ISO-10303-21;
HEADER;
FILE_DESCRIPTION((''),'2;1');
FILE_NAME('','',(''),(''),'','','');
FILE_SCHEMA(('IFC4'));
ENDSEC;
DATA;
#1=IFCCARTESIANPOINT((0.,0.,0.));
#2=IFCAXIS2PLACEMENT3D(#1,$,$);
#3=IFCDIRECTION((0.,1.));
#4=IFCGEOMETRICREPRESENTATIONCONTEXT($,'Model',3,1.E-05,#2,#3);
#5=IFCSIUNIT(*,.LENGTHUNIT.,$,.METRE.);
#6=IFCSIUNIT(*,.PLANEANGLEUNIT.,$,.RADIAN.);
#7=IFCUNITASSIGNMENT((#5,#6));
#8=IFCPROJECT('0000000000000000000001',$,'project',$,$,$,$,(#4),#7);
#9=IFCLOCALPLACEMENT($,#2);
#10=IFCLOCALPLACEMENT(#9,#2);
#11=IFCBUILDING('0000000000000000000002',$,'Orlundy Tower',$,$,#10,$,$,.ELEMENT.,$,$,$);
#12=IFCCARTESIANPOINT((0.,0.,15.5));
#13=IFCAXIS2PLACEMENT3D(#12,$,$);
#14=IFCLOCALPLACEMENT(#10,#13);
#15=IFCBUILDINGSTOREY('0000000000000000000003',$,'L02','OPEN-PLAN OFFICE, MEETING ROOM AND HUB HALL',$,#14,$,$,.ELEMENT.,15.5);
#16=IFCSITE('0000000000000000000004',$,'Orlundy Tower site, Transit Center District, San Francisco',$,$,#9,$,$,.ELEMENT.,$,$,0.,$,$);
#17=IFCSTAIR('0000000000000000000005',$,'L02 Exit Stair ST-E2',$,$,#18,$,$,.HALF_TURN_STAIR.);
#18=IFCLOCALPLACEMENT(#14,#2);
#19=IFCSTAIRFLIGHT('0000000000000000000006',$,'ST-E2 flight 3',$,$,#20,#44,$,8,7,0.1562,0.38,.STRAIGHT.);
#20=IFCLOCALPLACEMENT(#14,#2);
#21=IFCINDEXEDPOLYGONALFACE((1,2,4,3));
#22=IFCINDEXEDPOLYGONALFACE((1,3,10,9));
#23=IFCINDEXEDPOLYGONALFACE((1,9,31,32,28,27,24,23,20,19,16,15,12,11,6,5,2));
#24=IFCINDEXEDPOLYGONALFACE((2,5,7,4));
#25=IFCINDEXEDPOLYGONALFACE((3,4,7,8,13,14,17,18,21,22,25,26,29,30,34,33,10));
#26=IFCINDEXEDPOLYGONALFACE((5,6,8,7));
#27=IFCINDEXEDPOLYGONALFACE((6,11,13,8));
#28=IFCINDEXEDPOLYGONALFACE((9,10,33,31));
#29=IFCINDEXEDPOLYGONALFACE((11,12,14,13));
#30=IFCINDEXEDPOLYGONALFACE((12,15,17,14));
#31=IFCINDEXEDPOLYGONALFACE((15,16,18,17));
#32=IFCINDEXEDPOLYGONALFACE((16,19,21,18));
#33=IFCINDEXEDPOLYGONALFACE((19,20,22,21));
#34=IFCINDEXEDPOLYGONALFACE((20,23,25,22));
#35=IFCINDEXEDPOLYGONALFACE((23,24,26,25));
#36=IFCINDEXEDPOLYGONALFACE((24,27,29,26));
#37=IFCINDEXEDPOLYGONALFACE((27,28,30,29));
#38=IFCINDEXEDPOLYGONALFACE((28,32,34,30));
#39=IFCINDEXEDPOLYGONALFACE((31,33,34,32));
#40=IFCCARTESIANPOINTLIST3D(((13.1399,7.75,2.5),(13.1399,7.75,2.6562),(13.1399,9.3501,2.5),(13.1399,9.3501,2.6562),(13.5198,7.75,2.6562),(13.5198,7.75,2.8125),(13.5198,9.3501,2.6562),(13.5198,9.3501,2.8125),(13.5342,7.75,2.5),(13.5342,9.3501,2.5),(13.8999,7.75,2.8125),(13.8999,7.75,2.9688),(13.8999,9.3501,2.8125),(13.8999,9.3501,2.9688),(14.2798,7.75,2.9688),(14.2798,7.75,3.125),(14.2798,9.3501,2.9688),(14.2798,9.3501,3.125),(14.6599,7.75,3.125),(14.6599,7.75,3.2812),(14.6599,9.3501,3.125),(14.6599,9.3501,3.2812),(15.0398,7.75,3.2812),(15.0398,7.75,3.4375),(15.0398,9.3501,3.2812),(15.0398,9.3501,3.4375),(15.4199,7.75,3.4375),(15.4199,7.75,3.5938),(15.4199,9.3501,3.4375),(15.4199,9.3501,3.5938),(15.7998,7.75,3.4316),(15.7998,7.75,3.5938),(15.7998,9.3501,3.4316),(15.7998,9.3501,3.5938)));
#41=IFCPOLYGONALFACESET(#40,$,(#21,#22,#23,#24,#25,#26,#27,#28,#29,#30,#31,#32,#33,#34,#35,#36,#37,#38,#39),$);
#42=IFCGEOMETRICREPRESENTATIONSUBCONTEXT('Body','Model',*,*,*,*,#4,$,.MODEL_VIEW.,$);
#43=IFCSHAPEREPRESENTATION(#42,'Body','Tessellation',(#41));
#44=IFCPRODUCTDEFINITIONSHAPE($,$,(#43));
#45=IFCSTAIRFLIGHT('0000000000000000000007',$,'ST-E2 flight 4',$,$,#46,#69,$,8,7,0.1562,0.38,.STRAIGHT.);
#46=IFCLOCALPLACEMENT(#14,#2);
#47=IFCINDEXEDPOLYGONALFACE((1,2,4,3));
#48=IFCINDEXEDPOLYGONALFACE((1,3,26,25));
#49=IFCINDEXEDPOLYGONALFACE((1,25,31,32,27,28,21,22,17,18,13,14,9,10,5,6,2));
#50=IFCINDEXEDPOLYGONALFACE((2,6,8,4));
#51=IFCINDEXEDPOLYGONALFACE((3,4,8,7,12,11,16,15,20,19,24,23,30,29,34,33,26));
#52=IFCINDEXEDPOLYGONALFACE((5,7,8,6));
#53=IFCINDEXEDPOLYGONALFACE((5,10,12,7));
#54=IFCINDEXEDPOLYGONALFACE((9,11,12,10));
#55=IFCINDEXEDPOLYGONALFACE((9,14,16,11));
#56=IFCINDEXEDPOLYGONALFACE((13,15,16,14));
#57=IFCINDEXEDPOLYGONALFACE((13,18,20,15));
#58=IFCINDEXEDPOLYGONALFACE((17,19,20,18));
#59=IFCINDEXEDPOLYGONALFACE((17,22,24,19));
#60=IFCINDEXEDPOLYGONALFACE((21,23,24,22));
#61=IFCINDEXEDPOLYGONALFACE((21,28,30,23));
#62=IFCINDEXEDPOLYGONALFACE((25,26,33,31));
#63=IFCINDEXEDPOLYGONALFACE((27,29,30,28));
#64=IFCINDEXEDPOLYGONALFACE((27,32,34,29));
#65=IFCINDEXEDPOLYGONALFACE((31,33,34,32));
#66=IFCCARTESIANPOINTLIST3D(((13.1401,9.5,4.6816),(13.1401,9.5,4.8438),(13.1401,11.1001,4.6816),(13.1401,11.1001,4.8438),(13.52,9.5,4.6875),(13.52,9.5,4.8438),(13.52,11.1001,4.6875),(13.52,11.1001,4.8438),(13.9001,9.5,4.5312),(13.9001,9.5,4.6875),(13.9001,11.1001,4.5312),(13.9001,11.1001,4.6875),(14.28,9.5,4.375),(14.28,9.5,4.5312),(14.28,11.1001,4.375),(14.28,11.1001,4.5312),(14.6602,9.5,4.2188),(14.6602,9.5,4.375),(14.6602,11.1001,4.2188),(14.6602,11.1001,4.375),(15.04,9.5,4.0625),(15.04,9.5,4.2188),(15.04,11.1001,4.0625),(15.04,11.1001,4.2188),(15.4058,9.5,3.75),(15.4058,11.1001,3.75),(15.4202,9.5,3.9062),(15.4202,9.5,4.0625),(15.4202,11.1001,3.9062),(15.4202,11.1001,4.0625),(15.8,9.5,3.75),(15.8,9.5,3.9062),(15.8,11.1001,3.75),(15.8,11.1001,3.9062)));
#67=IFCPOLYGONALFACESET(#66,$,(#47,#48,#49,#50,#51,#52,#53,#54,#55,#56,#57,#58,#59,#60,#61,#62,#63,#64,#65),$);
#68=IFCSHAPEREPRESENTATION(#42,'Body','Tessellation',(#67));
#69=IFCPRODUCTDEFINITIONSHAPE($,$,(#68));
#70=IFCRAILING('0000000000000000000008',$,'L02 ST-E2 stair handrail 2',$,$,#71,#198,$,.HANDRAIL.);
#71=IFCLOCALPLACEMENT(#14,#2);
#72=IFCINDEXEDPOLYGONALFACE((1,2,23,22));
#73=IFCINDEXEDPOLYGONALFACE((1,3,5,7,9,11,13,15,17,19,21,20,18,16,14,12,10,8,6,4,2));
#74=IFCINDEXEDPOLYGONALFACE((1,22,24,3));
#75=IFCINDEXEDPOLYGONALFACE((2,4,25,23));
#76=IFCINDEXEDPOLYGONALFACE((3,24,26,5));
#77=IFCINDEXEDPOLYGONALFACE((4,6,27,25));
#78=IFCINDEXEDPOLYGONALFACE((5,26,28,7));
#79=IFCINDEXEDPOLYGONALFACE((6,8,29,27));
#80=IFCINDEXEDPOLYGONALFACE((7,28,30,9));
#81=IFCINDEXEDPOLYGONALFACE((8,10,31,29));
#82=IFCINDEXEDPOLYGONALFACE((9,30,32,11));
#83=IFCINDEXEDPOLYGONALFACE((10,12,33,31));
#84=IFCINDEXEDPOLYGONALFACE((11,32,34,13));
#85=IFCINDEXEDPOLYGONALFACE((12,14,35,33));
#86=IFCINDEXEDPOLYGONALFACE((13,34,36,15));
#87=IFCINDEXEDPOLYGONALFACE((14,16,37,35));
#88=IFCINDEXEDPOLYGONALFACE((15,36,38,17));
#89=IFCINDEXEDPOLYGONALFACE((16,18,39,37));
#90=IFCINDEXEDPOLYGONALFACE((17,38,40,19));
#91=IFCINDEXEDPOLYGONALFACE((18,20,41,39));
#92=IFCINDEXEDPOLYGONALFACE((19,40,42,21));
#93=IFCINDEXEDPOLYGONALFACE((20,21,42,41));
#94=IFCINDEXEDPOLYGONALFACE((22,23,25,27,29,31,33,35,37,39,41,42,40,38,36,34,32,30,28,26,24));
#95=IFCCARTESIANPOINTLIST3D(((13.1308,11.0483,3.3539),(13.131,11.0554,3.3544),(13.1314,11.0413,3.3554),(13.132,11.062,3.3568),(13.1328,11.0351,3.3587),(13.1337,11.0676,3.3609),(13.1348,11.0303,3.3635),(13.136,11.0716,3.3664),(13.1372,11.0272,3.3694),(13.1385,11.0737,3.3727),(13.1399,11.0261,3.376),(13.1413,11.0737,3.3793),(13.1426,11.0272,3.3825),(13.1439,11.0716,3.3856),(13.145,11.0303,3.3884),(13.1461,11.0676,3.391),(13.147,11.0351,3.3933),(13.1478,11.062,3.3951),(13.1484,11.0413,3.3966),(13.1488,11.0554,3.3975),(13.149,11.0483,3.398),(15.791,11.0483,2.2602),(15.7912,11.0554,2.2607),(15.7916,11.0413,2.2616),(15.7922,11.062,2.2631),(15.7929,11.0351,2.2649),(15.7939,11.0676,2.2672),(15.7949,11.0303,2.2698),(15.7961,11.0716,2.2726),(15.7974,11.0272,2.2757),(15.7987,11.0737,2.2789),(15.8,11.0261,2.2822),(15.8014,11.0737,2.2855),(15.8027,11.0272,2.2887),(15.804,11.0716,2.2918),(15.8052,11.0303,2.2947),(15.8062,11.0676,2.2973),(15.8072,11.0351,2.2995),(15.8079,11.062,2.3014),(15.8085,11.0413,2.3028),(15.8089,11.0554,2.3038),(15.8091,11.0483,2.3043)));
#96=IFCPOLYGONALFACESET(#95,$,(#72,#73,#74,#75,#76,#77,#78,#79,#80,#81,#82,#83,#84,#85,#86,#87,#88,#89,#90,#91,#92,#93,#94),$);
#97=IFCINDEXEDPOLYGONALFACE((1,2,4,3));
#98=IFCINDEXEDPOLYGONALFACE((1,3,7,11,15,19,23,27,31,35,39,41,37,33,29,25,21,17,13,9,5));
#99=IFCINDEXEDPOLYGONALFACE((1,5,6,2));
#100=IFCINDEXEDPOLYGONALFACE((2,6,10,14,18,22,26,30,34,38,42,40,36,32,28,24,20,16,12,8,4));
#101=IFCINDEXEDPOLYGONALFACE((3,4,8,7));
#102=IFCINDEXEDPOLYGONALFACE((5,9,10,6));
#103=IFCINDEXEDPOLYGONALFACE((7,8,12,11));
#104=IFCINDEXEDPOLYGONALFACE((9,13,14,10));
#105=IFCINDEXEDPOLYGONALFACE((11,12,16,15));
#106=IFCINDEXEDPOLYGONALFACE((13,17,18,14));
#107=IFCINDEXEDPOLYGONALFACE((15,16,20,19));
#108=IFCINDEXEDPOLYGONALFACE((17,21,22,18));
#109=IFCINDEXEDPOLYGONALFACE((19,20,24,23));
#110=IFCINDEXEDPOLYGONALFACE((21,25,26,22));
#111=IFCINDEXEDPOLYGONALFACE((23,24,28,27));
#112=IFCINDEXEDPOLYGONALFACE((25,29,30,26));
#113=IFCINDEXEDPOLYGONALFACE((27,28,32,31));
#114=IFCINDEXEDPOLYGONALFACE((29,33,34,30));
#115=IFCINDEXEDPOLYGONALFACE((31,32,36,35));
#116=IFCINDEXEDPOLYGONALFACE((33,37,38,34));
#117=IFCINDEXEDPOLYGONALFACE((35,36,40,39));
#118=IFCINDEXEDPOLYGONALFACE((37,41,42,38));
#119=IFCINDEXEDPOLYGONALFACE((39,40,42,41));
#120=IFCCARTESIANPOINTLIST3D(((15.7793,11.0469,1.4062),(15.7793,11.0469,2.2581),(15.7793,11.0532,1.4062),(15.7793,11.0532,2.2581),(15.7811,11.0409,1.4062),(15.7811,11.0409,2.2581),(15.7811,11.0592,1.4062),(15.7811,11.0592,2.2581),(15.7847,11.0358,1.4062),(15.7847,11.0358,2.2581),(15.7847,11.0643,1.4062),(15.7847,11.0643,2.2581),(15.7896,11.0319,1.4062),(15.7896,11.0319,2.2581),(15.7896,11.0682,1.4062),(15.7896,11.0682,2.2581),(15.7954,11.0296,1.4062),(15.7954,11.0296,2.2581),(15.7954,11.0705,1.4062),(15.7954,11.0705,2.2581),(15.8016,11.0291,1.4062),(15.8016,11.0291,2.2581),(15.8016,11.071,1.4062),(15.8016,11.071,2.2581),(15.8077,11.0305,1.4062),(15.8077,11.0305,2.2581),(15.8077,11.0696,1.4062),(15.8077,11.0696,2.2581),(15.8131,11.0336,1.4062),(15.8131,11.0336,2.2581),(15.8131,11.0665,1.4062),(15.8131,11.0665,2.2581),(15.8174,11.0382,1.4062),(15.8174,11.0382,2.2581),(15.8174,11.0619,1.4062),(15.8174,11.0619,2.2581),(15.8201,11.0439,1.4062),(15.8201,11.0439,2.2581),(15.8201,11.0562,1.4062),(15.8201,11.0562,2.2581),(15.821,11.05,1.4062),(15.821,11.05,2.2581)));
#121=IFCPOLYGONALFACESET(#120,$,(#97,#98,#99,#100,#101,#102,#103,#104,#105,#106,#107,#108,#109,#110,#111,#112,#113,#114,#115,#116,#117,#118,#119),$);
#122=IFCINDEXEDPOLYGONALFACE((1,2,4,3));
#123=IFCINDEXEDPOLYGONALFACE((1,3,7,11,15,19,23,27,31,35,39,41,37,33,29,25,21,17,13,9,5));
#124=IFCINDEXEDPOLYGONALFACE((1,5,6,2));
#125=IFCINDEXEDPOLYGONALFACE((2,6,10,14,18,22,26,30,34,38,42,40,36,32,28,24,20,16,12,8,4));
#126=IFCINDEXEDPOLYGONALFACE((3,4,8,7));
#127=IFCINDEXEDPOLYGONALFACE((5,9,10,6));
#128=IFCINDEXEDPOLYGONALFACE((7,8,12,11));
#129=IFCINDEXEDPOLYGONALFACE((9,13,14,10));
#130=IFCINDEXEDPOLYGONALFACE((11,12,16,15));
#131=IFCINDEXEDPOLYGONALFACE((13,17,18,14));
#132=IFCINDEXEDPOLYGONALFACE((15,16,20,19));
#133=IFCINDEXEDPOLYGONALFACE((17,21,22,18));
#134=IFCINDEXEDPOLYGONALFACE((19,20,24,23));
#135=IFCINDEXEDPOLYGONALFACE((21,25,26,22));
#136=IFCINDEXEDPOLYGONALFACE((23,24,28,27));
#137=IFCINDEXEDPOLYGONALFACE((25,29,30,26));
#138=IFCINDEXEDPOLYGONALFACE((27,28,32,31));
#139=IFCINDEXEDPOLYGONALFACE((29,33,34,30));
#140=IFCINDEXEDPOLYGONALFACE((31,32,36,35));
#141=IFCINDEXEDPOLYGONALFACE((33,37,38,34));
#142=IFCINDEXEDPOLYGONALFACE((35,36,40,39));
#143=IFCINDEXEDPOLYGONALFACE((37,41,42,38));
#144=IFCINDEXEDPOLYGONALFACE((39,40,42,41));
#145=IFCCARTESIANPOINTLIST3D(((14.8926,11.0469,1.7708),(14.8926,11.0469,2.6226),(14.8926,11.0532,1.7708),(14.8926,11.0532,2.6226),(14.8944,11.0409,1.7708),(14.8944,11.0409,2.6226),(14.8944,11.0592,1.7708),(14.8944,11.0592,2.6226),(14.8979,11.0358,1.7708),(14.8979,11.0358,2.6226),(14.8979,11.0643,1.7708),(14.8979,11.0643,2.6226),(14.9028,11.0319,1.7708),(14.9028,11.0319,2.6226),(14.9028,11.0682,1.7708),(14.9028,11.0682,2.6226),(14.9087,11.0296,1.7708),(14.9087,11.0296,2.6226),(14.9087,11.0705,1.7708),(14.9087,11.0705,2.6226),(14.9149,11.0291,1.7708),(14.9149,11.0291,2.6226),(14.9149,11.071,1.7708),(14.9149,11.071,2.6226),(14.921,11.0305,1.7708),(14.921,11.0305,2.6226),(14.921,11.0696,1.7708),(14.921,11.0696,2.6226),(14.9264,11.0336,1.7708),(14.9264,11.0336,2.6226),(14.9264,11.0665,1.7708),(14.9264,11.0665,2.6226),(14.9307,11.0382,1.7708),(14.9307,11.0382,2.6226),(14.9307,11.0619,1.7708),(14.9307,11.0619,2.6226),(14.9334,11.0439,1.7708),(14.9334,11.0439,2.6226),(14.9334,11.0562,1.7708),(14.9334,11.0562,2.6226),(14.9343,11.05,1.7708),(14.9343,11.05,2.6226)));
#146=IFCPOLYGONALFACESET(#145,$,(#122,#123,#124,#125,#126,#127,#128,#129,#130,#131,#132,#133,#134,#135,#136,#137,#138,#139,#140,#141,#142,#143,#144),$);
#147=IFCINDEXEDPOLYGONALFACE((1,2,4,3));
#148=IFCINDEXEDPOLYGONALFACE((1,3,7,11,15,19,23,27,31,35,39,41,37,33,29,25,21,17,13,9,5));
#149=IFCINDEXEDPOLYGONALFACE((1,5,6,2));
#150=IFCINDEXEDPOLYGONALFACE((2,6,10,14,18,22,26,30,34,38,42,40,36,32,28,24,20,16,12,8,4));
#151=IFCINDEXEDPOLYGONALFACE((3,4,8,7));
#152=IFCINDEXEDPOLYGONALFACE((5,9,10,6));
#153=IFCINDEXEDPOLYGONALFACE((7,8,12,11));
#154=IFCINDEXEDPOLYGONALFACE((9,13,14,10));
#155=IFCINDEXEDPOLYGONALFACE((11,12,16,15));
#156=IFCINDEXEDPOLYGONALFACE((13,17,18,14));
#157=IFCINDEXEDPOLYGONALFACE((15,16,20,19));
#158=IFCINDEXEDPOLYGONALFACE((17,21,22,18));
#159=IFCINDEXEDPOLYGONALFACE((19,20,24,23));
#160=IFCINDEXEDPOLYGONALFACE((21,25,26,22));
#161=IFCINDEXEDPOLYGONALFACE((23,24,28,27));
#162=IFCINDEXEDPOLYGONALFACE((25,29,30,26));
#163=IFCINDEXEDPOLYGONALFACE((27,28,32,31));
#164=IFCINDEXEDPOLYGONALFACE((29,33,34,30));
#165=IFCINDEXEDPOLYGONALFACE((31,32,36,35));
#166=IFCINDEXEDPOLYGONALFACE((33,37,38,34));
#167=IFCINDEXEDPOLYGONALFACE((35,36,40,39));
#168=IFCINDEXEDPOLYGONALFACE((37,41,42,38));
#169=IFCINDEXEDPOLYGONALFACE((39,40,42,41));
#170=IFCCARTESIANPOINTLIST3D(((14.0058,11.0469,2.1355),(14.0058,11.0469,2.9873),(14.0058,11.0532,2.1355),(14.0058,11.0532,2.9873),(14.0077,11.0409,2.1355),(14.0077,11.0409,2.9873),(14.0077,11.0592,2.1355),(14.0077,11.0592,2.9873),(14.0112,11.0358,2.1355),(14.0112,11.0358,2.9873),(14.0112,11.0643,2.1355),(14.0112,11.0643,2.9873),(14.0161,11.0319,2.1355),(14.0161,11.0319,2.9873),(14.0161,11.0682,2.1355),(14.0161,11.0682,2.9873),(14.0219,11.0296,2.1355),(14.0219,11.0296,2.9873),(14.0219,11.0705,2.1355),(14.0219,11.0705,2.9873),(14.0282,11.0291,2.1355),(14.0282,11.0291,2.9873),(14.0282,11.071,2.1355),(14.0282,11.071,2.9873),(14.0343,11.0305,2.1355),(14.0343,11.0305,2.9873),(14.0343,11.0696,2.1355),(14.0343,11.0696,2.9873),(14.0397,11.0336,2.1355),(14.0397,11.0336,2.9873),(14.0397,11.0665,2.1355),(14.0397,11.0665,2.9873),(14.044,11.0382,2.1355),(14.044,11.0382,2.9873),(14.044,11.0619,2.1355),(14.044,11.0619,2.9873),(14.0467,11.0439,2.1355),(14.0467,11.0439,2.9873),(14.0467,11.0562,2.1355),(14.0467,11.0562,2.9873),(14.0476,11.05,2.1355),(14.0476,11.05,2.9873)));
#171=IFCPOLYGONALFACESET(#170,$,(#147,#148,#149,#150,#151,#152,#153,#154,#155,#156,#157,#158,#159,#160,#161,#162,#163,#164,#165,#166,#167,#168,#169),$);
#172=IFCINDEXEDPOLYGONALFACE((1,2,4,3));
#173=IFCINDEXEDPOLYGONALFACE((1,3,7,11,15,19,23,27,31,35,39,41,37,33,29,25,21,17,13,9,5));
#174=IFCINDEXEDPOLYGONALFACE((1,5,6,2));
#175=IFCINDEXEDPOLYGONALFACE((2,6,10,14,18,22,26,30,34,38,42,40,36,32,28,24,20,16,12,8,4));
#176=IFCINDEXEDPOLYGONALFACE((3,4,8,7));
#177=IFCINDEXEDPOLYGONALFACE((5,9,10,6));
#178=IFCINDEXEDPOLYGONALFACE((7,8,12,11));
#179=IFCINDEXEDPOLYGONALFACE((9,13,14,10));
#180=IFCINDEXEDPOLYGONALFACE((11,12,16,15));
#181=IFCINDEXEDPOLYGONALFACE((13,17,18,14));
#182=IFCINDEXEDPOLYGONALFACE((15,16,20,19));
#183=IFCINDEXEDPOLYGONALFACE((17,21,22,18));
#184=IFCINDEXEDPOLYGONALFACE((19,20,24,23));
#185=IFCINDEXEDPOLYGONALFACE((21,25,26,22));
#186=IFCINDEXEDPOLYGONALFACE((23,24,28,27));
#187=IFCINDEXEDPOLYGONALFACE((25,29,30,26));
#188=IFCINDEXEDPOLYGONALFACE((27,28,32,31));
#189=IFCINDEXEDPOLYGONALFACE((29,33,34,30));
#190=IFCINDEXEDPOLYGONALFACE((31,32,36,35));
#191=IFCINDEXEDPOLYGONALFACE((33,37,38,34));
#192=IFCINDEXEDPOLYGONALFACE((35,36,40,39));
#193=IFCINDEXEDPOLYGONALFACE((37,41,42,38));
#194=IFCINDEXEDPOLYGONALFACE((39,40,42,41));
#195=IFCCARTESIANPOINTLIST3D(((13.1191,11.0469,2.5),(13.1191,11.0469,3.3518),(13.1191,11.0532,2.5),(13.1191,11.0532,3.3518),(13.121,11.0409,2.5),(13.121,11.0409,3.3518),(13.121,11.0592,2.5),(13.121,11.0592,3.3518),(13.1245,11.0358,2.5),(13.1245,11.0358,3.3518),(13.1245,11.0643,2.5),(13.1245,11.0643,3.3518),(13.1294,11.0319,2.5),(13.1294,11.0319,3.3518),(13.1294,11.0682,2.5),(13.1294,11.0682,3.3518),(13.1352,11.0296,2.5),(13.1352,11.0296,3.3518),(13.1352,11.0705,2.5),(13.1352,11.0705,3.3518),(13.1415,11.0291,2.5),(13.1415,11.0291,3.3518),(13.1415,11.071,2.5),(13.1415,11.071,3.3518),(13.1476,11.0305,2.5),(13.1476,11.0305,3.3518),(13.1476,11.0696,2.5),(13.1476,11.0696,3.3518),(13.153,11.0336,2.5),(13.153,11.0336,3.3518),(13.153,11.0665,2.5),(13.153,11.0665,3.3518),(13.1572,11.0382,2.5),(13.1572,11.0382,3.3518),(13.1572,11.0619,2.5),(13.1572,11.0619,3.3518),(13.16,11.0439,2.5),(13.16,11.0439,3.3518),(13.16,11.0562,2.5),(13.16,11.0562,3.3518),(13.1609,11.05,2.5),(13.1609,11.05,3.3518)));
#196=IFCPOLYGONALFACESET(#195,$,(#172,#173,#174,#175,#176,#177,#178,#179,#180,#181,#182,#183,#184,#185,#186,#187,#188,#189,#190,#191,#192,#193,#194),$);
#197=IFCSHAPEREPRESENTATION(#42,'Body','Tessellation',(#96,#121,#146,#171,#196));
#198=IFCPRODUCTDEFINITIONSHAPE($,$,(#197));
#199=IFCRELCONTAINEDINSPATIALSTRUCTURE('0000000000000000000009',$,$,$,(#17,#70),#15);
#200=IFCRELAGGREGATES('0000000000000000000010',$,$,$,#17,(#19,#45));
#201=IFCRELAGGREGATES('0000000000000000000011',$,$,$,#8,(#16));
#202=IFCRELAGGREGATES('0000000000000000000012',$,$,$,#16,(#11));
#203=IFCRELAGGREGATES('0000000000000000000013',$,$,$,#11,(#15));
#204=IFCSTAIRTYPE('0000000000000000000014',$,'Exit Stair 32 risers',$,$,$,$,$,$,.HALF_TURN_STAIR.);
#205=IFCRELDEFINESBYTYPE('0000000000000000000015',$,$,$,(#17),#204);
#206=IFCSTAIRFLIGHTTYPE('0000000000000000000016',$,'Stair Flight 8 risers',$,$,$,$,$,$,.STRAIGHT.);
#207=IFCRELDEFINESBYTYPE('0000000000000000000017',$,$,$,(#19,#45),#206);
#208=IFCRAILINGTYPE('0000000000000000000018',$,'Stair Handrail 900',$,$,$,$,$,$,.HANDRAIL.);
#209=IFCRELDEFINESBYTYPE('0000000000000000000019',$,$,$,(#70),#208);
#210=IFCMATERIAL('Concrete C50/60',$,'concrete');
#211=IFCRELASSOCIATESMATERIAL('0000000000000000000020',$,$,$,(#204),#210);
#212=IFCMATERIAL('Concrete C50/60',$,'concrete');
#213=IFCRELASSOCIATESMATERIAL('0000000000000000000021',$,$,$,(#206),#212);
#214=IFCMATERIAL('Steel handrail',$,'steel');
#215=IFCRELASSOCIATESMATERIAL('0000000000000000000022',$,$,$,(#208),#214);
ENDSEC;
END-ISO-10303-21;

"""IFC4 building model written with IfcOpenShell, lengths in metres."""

from ifc_helpers import new_model, si_unit, direction, frame, origin, origin_2d, place, context, subcontext, project, spatial, polyline, circle, outline, extrude, material, type_object, element, aggregate, save


model = new_model("IFC4")

# Units and contexts
model_context = context("Model", 3, precision=1e-05, world=origin(), true_north=direction((0.0, 1.0)))
body_context = subcontext(model_context, "Body", "Model", "MODEL_VIEW")
ifc_project = project(units=[si_unit("LENGTHUNIT", "METRE"), si_unit("PLANEANGLEUNIT", "RADIAN")], contexts=[model_context])

# Site, building, storey
site_placement = place(None, origin())
site = spatial("IfcSite", under=ifc_project, at=site_placement, Name="Orlundy Tower site, Transit Center District, San Francisco", CompositionType="ELEMENT", RefElevation=0.0)
building_placement = place(site_placement, origin())
building = spatial("IfcBuilding", under=site, at=building_placement, Name="Orlundy Tower", CompositionType="ELEMENT")
storey_placement = place(building_placement, frame((0.0, 0.0, 15.5)))
storey = spatial("IfcBuildingStorey", under=building, at=storey_placement, Name="L02", Description="OPEN-PLAN OFFICE, MEETING ROOM AND HUB HALL", CompositionType="ELEMENT", Elevation=15.5)

# Stair, stair flights
ifc_material_1 = material(Name="Concrete C50/60", Category="concrete")
stair_type = type_object("IfcStairType", Name="Exit Stair 32 risers", PredefinedType="HALF_TURN_STAIR", material=ifc_material_1)
stair_placement = place(storey_placement, origin())
stair = element("IfcStair", 1, at=stair_placement, inside=storey, type_object=stair_type, Name="L02 Exit Stair ST-E2", PredefinedType="HALF_TURN_STAIR")
ifc_material_2 = material(Name="Concrete C50/60", Category="concrete")
stair_flight_type = type_object("IfcStairFlightType", Name="Stair Flight 8 risers", PredefinedType="STRAIGHT", material=ifc_material_2)
stair_flight_1_placement = place(storey_placement, frame((13.1399, 8.55, 2.5), z_axis=(0.0, 0.0, 1.0), x_axis=(1.0, 0.0, 0.0)))
stair_flight_1 = element("IfcStairFlight", 2, at=stair_flight_1_placement, type_object=stair_flight_type, Name="ST-E2 flight 3", NumberOfRisers=8, NumberOfTreads=7, PredefinedType="STRAIGHT", RiserHeight=0.1562, TreadLength=0.38, context=body_context, shape_type="SweptSolid", body=[
    extrude(outline(polyline([(0.0, 0.0), (0.0, 0.1562), (0.3799, 0.1562), (0.3799, 0.3125), (0.76, 0.3125), (0.76, 0.4688), (1.1399, 0.4688), (1.1399, 0.625), (1.52, 0.625), (1.52, 0.7812), (1.8999, 0.7812), (1.8999, 0.9375), (2.28, 0.9375), (2.28, 1.0938), (2.6599, 1.0938), (2.6599, 1.25), (2.6599, 0.9316), (0.3943, 0.0), (0.0, 0.0)])), frame((0.0, 0.8, 0.0), z_axis=(0.0, -1.0, 0.0), x_axis=(1.0, 0.0, 0.0)), (0.0, 0.0, 1.0), 1.6001),
])
stair_flight_2_placement = place(storey_placement, frame((15.8, 10.3, 3.75), z_axis=(0.0, 0.0, 1.0), x_axis=(-1.0, 0.0, 0.0)))
stair_flight_2 = element("IfcStairFlight", 3, at=stair_flight_2_placement, type_object=stair_flight_type, Name="ST-E2 flight 4", NumberOfRisers=8, NumberOfTreads=7, PredefinedType="STRAIGHT", RiserHeight=0.1562, TreadLength=0.38, context=body_context, shape_type="SweptSolid", body=[
    extrude(outline(polyline([(0.0, 0.0), (0.0, 0.1562), (0.3799, 0.1562), (0.3799, 0.3125), (0.76, 0.3125), (0.76, 0.4688), (1.1399, 0.4688), (1.1399, 0.625), (1.52, 0.625), (1.52, 0.7812), (1.8999, 0.7812), (1.8999, 0.9375), (2.28, 0.9375), (2.28, 1.0938), (2.6599, 1.0938), (2.6599, 1.25), (2.6599, 0.9316), (0.3943, 0.0), (0.0, 0.0)])), frame((0.0, 0.8, 0.0), z_axis=(0.0, -1.0, 0.0), x_axis=(1.0, 0.0, 0.0)), (0.0, 0.0, 1.0), 1.6001),
])
aggregate(stair, [stair_flight_1, stair_flight_2])

# Railing
ifc_material_3 = material(Name="Steel handrail", Category="steel")
railing_type = type_object("IfcRailingType", Name="Stair Handrail 900", PredefinedType="HANDRAIL", material=ifc_material_3)
for number, where, name in (
    (4, (15.8, 11.05, 1.4062), "L02 ST-E2 stair handrail 2"),
):
    element("IfcRailing", number, at=place(storey_placement, frame(where)), inside=storey, type_object=railing_type, Name=name, PredefinedType="HANDRAIL", context=body_context, shape_type="SweptSolid", body=[
        extrude(circle(Radius=0.0239, at=origin_2d()), frame((0.0, 0.0, 0.876), z_axis=(-0.924875, 0.0, 0.380272), x_axis=(0.0, -1.0, 0.0)), (0.0, 0.0, 1.0), 2.8762),
        extrude(circle(Radius=0.021, at=origin_2d()), origin(), (0.0, 0.0, 1.0), 0.8518),
        extrude(circle(Radius=0.021, at=origin_2d()), frame((-0.8867, 0.0, 0.3645)), (0.0, 0.0, 1.0), 0.8518),
        extrude(circle(Radius=0.021, at=origin_2d()), frame((-1.7734, 0.0, 0.7292)), (0.0, 0.0, 1.0), 0.8518),
        extrude(circle(Radius=0.021, at=origin_2d()), frame((-2.6602, 0.0, 1.0938)), (0.0, 0.0, 1.0), 0.8518),
    ])

save(model, "model.ifc")
